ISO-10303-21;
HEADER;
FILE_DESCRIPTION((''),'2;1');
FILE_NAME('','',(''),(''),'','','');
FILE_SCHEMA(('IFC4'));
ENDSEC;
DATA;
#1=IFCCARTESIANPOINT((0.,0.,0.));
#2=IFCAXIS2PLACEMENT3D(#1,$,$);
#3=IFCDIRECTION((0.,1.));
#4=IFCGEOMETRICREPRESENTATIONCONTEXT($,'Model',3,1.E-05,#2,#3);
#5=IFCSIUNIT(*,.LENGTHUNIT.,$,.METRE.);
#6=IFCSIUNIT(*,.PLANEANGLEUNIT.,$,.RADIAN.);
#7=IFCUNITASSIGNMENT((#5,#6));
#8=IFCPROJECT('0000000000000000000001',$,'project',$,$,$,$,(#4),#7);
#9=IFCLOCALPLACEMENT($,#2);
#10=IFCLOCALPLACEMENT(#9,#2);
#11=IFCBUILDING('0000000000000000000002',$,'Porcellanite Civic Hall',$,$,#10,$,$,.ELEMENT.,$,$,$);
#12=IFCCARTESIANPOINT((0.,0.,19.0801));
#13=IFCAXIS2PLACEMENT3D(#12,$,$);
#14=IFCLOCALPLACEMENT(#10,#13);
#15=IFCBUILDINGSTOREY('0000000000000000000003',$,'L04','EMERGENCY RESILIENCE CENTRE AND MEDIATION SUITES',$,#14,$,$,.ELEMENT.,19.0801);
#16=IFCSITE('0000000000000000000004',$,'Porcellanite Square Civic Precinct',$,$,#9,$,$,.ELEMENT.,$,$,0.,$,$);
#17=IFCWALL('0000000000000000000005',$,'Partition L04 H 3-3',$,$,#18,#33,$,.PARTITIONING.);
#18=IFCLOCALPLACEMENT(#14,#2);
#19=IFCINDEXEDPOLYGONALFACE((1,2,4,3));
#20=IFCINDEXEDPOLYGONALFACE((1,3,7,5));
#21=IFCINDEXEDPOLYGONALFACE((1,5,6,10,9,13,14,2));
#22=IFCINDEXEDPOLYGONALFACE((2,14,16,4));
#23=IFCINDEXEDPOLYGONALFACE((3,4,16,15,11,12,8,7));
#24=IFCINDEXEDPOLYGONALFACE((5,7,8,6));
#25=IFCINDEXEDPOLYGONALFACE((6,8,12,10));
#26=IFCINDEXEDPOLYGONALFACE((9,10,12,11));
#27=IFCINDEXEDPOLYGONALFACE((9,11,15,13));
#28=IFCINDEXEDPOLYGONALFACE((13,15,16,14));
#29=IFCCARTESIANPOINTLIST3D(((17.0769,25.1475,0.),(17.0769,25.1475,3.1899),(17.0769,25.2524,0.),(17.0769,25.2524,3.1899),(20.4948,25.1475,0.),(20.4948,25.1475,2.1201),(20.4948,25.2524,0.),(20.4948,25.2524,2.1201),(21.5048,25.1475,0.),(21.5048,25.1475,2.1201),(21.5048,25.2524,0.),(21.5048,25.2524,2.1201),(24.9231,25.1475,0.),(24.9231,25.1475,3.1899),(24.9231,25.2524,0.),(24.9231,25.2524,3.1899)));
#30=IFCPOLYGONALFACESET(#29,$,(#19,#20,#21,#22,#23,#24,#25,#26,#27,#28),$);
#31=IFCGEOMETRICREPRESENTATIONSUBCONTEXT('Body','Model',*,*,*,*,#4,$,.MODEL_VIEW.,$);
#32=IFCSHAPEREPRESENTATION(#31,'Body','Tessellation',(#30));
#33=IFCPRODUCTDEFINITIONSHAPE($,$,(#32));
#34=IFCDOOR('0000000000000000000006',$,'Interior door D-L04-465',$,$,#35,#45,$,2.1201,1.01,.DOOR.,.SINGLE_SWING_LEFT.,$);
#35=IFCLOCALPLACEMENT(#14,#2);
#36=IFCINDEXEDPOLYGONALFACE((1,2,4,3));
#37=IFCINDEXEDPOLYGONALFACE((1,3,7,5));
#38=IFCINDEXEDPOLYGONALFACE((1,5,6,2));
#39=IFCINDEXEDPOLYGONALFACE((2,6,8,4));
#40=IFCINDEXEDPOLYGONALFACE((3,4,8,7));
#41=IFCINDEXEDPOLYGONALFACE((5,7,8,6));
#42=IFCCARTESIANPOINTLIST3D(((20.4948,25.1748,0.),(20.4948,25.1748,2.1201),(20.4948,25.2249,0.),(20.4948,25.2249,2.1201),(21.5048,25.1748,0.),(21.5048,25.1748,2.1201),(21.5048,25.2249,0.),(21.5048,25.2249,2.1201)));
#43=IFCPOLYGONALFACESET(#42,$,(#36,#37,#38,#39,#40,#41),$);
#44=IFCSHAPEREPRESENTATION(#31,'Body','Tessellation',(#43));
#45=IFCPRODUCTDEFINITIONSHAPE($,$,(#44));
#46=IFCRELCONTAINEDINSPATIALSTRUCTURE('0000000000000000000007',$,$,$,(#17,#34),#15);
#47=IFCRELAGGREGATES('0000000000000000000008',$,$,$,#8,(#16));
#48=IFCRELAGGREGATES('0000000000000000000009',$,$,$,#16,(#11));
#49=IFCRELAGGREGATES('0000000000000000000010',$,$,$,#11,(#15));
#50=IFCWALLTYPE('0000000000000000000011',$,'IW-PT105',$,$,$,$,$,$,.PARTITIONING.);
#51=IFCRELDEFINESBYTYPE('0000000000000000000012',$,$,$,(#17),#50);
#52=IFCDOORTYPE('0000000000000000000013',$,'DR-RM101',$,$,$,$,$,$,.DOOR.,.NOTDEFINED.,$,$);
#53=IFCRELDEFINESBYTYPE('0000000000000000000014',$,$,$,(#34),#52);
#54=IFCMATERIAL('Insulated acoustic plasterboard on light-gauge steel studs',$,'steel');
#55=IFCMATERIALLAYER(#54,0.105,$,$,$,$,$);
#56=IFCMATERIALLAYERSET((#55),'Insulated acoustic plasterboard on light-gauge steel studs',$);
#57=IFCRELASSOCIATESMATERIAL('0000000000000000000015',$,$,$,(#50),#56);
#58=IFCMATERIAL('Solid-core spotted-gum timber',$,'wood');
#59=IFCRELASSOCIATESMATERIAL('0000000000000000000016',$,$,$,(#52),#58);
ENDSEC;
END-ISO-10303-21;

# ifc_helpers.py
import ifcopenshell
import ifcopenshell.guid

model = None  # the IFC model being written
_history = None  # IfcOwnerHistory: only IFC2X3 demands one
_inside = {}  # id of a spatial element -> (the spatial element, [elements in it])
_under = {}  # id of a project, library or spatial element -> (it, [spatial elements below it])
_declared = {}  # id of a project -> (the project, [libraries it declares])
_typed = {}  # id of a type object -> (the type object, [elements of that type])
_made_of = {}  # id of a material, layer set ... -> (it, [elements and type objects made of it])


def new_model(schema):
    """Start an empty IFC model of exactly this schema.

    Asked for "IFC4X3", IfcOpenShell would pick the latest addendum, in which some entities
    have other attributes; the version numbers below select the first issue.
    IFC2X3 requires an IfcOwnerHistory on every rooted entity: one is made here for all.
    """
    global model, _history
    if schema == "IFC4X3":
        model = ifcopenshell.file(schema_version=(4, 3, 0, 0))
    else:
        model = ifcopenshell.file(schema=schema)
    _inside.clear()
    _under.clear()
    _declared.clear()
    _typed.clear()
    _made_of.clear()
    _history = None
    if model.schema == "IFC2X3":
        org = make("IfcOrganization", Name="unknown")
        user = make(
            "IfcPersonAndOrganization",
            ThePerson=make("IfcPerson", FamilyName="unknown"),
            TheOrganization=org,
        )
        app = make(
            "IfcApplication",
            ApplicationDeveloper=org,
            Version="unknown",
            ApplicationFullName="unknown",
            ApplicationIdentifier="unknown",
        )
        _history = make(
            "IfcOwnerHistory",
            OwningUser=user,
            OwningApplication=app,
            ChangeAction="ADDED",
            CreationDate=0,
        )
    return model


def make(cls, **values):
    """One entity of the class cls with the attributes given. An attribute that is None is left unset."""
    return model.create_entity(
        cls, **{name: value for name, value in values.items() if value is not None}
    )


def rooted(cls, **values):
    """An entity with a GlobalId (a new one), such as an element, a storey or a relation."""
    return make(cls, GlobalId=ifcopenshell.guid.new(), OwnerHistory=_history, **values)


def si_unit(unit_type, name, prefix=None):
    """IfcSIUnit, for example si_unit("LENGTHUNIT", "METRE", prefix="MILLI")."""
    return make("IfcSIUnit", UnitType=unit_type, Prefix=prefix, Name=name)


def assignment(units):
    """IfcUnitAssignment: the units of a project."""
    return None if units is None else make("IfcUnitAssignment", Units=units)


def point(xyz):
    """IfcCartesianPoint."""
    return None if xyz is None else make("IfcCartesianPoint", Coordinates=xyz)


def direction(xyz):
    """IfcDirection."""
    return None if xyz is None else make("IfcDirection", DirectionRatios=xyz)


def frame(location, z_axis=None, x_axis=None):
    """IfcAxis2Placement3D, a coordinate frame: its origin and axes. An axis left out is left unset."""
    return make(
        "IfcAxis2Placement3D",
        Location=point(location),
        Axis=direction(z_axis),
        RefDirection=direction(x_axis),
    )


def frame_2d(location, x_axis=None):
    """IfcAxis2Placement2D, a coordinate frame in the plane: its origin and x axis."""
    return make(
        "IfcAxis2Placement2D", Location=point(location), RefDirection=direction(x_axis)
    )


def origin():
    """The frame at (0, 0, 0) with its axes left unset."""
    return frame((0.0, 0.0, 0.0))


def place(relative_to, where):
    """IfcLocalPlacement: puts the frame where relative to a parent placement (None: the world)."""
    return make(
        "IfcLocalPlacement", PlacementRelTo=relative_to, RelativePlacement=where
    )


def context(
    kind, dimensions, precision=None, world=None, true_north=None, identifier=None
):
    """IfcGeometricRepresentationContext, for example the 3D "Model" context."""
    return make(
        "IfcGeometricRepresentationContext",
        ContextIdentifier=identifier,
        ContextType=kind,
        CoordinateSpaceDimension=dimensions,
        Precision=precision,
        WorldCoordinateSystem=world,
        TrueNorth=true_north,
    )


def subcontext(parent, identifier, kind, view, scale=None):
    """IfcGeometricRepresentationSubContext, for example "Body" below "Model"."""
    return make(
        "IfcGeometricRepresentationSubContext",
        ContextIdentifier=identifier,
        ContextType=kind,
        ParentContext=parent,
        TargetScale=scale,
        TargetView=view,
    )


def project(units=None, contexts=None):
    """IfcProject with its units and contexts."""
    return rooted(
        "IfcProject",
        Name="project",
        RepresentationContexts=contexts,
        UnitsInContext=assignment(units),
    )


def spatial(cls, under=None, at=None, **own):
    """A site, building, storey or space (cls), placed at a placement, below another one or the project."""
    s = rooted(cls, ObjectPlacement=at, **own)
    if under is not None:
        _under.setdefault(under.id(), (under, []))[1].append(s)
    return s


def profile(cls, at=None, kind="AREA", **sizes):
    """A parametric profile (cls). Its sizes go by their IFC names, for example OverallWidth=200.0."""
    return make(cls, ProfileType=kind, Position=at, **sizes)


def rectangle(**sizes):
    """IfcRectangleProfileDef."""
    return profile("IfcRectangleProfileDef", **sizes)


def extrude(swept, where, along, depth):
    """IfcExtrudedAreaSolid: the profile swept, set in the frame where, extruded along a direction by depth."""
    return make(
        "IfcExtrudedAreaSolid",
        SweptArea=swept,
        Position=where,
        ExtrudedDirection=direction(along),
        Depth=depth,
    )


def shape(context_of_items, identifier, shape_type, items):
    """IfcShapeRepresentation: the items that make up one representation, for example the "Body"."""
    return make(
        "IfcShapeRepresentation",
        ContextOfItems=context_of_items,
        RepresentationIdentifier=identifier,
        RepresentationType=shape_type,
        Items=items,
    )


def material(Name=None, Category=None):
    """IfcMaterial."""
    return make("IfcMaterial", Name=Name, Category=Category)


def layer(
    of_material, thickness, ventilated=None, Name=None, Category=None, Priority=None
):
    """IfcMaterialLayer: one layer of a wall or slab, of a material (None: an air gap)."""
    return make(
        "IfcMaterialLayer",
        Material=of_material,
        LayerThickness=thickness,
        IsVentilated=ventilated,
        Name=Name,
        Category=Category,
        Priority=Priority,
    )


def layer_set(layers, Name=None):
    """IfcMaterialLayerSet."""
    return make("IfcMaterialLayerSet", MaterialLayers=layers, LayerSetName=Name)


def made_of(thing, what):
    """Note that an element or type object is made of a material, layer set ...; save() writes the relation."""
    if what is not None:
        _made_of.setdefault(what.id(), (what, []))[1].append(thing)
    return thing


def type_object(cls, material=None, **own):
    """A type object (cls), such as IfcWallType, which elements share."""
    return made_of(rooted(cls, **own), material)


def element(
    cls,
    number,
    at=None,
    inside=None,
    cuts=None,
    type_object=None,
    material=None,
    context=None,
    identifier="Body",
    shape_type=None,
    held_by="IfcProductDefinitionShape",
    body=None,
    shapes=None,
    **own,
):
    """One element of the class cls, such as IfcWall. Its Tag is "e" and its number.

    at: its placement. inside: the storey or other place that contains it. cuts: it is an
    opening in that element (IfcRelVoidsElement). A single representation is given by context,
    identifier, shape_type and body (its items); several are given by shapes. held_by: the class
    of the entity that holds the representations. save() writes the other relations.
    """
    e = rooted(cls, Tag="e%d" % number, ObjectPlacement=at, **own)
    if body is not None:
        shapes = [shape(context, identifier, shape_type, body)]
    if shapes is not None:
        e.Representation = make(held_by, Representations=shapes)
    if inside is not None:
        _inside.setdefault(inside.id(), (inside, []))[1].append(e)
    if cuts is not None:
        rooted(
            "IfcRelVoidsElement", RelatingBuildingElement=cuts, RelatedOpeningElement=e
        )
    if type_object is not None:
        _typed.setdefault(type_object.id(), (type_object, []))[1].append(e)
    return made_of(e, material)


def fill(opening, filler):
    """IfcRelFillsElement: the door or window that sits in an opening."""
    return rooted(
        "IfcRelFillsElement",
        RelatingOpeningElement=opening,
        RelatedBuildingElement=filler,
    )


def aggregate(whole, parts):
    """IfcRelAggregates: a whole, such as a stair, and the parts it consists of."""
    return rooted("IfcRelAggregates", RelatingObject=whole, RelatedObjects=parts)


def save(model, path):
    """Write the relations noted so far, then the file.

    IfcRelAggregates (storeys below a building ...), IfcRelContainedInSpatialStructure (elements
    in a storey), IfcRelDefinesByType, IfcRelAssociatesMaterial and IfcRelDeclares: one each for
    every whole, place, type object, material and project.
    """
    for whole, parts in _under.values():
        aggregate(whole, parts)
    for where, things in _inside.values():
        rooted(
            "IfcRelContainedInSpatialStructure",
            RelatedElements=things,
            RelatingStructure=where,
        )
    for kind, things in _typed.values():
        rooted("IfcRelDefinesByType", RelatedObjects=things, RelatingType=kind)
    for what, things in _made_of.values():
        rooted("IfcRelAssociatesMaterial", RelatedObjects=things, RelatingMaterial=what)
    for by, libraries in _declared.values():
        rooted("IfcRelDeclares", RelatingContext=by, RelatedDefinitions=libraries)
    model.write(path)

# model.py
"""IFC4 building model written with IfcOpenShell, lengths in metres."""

from ifc_helpers import new_model, si_unit, direction, frame, frame_2d, origin, place, context, subcontext, project, spatial, rectangle, extrude, material, layer, layer_set, type_object, element, fill, save


model = new_model("IFC4")

# Units and contexts
model_context = context("Model", 3, precision=1e-05, world=origin(), true_north=direction((0.0, 1.0)))
body_context = subcontext(model_context, "Body", "Model", "MODEL_VIEW")
ifc_project = project(units=[si_unit("LENGTHUNIT", "METRE"), si_unit("PLANEANGLEUNIT", "RADIAN")], contexts=[model_context])

# Site, building, storey
site_placement = place(None, origin())
site = spatial("IfcSite", under=ifc_project, at=site_placement, Name="Porcellanite Square Civic Precinct", CompositionType="ELEMENT", RefElevation=0.0)
building_placement = place(site_placement, origin())
building = spatial("IfcBuilding", under=site, at=building_placement, Name="Porcellanite Civic Hall", CompositionType="ELEMENT")
storey_placement = place(building_placement, frame((0.0, 0.0, 19.0801)))
storey = spatial("IfcBuildingStorey", under=building, at=storey_placement, Name="L04", Description="EMERGENCY RESILIENCE CENTRE AND MEDIATION SUITES", CompositionType="ELEMENT", Elevation=19.0801)

# Wall, opening, door
ifc_material_1 = material(Name="Insulated acoustic plasterboard on light-gauge steel studs", Category="steel")
ifc_layer_1 = layer(ifc_material_1, 0.105)
ifc_layer_set_1 = layer_set([ifc_layer_1], Name="Insulated acoustic plasterboard on light-gauge steel studs")
wall_type = type_object("IfcWallType", Name="IW-PT105", PredefinedType="PARTITIONING", material=ifc_layer_set_1)
wall_placement = place(storey_placement, frame((17.0769, 25.2, 0.0), z_axis=(0.0, 0.0, 1.0), x_axis=(1.0, 0.0, 0.0)))
wall = element("IfcWall", 1, at=wall_placement, inside=storey, type_object=wall_type, Name="Partition L04 H 3-3", PredefinedType="PARTITIONING", context=body_context, shape_type="SweptSolid", body=[
    extrude(rectangle(XDim=7.8462, YDim=0.105, at=frame_2d((3.9231, 0.0))), origin(), (0.0, 0.0, 1.0), 3.1899),
])
opening_placement = place(wall_placement, frame((3.418, 0.0, 0.0)))
opening = element("IfcOpeningElement", 2, at=opening_placement, cuts=wall, PredefinedType="OPENING", context=body_context, shape_type="SweptSolid", body=[
    extrude(rectangle(XDim=1.01, YDim=2.1201, at=frame_2d((0.5049, 1.0601))), frame((0.0, 0.0525, 0.0), z_axis=(0.0, -1.0, 0.0), x_axis=(1.0, 0.0, 0.0)), (0.0, 0.0, 1.0), 0.105),
])
ifc_material_2 = material(Name="Solid-core spotted-gum timber", Category="wood")
door_type = type_object("IfcDoorType", Name="DR-RM101", OperationType="NOTDEFINED", PredefinedType="DOOR", material=ifc_material_2)
door_placement = place(opening_placement, origin())
door = element("IfcDoor", 3, at=door_placement, inside=storey, type_object=door_type, Name="Interior door D-L04-465", OperationType="SINGLE_SWING_LEFT", OverallHeight=2.1201, OverallWidth=1.01, PredefinedType="DOOR", context=body_context, shape_type="SweptSolid", body=[
    extrude(rectangle(XDim=1.01, YDim=2.1201, at=frame_2d((0.5049, 1.0601))), frame((0.0, 0.0249, 0.0), z_axis=(0.0, -1.0, 0.0), x_axis=(1.0, 0.0, 0.0)), (0.0, 0.0, 1.0), 0.05),
])
fill(opening, door)

save(model, "model.ifc")
